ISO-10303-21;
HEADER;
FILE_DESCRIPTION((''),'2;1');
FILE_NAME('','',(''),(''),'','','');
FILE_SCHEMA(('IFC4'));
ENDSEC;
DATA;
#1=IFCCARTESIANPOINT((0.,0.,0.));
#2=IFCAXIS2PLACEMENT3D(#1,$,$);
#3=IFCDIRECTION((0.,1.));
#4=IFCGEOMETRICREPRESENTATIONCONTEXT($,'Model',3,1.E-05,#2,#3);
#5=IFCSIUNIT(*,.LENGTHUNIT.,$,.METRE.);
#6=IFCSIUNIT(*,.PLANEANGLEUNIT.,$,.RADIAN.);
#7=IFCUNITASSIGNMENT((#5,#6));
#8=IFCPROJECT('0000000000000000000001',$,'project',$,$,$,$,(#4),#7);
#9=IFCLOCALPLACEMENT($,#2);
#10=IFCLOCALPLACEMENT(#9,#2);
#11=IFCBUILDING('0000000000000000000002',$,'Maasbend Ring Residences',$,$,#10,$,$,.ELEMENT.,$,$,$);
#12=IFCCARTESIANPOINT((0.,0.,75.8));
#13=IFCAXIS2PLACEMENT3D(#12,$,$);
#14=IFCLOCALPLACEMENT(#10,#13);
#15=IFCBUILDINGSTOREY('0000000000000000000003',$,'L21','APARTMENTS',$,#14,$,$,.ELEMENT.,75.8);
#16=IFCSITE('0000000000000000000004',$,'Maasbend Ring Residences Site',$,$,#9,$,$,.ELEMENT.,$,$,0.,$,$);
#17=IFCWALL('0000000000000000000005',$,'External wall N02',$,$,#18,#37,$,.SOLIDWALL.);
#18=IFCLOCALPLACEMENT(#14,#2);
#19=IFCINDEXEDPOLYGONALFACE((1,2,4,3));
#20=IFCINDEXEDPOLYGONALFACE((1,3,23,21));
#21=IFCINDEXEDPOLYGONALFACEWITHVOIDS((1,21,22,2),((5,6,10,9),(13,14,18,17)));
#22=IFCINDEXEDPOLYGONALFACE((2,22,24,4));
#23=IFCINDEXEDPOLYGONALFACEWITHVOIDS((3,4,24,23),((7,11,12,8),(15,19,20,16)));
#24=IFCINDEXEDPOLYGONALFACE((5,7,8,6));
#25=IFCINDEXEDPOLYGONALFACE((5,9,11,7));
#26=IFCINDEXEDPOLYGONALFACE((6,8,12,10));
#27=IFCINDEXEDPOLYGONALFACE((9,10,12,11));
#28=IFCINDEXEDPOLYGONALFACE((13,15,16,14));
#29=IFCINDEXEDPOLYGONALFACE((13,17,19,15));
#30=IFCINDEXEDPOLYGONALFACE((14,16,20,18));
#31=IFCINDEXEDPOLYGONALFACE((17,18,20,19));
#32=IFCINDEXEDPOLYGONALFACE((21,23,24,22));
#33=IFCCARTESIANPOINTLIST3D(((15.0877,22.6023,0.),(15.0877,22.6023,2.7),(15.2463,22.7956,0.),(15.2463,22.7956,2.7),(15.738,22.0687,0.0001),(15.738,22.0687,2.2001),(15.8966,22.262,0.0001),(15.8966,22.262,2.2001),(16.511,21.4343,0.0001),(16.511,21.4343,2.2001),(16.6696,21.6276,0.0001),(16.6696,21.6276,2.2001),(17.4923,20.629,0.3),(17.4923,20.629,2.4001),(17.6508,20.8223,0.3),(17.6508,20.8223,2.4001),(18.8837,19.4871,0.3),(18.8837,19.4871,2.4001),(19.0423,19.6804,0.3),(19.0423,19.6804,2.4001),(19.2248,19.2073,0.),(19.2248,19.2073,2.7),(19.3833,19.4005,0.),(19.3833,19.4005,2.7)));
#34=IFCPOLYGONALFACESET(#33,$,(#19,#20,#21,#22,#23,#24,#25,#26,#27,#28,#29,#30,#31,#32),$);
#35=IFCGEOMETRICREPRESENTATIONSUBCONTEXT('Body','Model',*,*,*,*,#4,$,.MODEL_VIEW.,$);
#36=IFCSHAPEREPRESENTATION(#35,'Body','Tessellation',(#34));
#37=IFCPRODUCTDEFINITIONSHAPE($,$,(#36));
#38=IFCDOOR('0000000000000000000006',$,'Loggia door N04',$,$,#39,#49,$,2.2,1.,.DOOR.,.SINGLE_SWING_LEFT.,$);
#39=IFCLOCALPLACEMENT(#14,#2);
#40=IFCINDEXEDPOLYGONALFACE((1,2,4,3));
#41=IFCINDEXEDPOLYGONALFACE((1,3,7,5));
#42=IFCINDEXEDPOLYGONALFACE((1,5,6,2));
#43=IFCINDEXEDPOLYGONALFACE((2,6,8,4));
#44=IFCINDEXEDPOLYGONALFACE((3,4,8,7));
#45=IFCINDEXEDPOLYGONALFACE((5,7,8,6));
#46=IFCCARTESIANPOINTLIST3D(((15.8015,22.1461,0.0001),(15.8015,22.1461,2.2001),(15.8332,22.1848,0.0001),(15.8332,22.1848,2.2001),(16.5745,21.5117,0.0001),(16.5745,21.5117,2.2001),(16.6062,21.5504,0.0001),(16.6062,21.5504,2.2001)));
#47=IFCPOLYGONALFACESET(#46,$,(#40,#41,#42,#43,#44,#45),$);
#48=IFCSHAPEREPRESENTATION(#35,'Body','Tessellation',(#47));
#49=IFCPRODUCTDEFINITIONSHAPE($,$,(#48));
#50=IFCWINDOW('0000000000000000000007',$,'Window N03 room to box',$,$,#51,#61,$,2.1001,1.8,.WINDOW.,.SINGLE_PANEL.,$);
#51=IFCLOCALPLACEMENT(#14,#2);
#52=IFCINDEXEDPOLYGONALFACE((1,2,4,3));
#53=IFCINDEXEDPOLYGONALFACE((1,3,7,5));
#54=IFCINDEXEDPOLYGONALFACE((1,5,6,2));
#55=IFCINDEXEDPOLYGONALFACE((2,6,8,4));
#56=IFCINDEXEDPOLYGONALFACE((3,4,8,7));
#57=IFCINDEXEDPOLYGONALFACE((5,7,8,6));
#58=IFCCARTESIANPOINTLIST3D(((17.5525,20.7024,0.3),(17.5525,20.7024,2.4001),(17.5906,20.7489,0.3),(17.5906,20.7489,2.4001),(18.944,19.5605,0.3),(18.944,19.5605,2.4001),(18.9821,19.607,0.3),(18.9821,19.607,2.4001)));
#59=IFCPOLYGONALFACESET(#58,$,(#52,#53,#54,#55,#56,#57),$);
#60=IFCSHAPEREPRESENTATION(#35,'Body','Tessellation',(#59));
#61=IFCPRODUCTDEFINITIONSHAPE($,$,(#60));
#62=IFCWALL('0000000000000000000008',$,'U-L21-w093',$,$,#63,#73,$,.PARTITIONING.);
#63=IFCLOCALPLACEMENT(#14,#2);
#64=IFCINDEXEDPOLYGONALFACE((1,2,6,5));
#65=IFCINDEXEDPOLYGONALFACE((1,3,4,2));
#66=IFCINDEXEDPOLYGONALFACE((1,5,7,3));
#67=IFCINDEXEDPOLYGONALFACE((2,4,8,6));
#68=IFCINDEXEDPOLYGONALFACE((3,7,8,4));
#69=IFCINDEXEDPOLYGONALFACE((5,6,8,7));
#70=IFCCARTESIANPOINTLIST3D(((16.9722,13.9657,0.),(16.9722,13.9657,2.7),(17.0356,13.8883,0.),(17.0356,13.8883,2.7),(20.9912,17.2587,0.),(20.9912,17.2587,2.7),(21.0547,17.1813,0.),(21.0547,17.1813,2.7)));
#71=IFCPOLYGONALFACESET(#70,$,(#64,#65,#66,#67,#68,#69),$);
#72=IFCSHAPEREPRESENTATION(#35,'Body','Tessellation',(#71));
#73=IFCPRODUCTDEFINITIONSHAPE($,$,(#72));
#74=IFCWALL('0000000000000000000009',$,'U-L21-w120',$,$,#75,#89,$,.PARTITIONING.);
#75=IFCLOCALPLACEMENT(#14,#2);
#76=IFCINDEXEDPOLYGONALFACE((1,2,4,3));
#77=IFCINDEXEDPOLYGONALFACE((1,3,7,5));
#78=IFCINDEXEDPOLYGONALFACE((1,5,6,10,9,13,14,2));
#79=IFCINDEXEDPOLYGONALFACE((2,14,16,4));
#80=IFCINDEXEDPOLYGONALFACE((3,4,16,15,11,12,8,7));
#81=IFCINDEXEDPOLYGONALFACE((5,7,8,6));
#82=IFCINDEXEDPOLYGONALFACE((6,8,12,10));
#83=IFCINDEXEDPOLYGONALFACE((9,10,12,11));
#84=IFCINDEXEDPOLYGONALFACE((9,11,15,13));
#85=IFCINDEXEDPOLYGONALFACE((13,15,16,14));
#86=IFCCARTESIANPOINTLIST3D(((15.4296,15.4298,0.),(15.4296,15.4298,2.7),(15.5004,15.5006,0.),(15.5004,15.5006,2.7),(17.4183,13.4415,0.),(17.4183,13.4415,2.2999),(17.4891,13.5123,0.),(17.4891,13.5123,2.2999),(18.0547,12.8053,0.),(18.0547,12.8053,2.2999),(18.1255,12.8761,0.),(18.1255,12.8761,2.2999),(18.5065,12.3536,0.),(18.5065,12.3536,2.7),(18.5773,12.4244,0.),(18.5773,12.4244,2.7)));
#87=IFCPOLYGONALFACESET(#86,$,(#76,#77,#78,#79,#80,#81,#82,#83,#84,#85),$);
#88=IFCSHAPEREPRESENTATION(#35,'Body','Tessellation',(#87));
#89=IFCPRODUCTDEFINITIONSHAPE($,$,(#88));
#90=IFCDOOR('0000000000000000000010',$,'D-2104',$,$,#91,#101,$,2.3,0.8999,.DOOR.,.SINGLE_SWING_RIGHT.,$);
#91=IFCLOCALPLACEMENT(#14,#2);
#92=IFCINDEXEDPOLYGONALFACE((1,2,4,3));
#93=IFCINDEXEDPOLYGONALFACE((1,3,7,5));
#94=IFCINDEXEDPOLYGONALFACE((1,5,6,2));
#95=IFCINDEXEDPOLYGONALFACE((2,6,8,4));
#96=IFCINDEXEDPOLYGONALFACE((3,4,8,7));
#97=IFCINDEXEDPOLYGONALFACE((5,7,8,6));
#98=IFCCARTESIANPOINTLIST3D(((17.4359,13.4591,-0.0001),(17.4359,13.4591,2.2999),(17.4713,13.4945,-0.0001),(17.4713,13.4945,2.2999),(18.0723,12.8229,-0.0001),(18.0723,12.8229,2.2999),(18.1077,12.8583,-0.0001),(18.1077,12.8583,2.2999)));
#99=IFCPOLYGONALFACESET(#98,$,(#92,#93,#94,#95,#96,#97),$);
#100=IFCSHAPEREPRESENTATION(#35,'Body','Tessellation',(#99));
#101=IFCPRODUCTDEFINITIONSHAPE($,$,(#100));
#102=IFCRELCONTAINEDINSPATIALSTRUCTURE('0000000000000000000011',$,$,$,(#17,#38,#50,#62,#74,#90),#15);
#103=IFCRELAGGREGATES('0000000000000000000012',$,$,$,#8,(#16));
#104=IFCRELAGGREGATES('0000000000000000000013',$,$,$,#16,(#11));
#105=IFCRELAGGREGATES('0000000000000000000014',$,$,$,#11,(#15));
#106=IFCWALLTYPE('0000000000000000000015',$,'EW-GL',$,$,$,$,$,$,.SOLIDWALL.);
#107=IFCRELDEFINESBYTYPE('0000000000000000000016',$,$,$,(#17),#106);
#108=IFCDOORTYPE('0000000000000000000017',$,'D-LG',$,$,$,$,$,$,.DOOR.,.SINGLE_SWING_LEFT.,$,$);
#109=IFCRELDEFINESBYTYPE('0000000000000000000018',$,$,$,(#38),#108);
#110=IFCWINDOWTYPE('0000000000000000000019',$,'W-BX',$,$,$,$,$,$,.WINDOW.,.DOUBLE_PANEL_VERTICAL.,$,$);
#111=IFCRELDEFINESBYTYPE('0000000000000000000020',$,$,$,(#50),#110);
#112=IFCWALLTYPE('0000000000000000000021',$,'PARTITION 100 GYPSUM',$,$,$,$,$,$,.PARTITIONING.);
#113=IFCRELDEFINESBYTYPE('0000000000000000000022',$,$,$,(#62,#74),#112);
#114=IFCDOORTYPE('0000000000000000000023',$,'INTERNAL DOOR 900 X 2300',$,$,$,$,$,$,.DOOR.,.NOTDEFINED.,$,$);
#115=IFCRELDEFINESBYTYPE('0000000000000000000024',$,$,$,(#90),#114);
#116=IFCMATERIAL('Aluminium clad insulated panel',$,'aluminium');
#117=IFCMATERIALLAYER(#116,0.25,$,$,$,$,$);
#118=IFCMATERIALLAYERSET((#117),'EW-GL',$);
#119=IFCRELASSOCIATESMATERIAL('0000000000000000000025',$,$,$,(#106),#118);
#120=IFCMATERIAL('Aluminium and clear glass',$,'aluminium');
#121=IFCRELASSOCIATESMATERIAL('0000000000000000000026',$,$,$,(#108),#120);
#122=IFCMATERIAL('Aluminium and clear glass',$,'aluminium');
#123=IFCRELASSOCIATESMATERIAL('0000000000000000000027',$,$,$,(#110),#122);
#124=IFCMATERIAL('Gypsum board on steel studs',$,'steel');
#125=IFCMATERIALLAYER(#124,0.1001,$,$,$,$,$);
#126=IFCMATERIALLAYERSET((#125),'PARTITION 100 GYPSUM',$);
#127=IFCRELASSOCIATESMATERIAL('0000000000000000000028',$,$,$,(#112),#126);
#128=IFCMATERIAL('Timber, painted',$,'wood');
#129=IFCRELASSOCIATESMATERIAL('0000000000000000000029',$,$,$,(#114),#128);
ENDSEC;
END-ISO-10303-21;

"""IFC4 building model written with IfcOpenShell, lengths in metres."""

from ifc_helpers import new_model, si_unit, direction, frame, frame_2d, origin, place, context, subcontext, project, spatial, rectangle, extrude, material, layer, layer_set, type_object, element, fill, save


model = new_model("IFC4")

# Units and contexts
model_context = context("Model", 3, precision=1e-05, world=origin(), true_north=direction((0.0, 1.0)))
body_context = subcontext(model_context, "Body", "Model", "MODEL_VIEW")
ifc_project = project(units=[si_unit("LENGTHUNIT", "METRE"), si_unit("PLANEANGLEUNIT", "RADIAN")], contexts=[model_context])

# Site, building, storey
site_placement = place(None, origin())
site = spatial("IfcSite", under=ifc_project, at=site_placement, Name="Maasbend Ring Residences Site", CompositionType="ELEMENT", RefElevation=0.0)
building_placement = place(site_placement, origin())
building = spatial("IfcBuilding", under=site, at=building_placement, Name="Maasbend Ring Residences", CompositionType="ELEMENT")
storey_placement = place(building_placement, frame((0.0, 0.0, 75.8)))
storey = spatial("IfcBuildingStorey", under=building, at=storey_placement, Name="L21", Description="APARTMENTS", CompositionType="ELEMENT", Elevation=75.8)

# Wall, openings, door, window
ifc_material_1 = material(Name="Aluminium clad insulated panel", Category="aluminium")
ifc_layer_1 = layer(ifc_material_1, 0.25)
ifc_layer_set_1 = layer_set([ifc_layer_1], Name="EW-GL")
wall_type_1 = type_object("IfcWallType", Name="EW-GL", PredefinedType="SOLIDWALL", material=ifc_layer_set_1)
ifc_material_2 = material(Name="Aluminium and clear glass", Category="aluminium")
door_type_1 = type_object("IfcDoorType", Name="D-LG", OperationType="SINGLE_SWING_LEFT", PredefinedType="DOOR", material=ifc_material_2)
ifc_material_3 = material(Name="Aluminium and clear glass", Category="aluminium")
window_type_1 = type_object("IfcWindowType", Name="W-BX", PartitioningType="DOUBLE_PANEL_VERTICAL", PredefinedType="WINDOW", material=ifc_material_3)
wall_1_placement = place(storey_placement, frame((19.304, 19.304, 0.0), z_axis=(0.0, 0.0, 1.0), x_axis=(-0.773019, 0.634382, 0.0)))
wall_1 = element("IfcWall", 1, at=wall_1_placement, inside=storey, type_object=wall_type_1, Name="External wall N02", PredefinedType="SOLIDWALL", context=body_context, shape_type="SweptSolid", body=[
    extrude(rectangle(XDim=5.3518, YDim=0.25, at=frame_2d((2.6758, 0.0))), origin(), (0.0, 0.0, 1.0), 2.7),
])
opening_1_placement = place(wall_1_placement, frame((0.4412, 0.0, 0.3)))
opening_1 = element("IfcOpeningElement", 2, at=opening_1_placement, cuts=wall_1, PredefinedType="OPENING", context=body_context, shape_type="SweptSolid", body=[
    extrude(rectangle(XDim=1.8, YDim=2.1001, at=frame_2d((0.8999, 1.05))), frame((0.0, 0.135, 0.0), z_axis=(0.0, -1.0, 0.0), x_axis=(1.0, 0.0, 0.0)), (0.0, 0.0, 1.0), 0.27),
])
opening_2_placement = place(wall_1_placement, frame((3.5105, 0.0, 0.0)))
opening_2 = element("IfcOpeningElement", 3, at=opening_2_placement, cuts=wall_1, PredefinedType="OPENING", context=body_context, shape_type="SweptSolid", body=[
    extrude(rectangle(XDim=1.0, YDim=2.2, at=frame_2d((0.5, 1.1001))), frame((0.0, 0.135, 0.0), z_axis=(0.0, -1.0, 0.0), x_axis=(1.0, 0.0, 0.0)), (0.0, 0.0, 1.0), 0.27),
])
door_1_placement = place(opening_2_placement, origin())
door_1 = element("IfcDoor", 4, at=door_1_placement, inside=storey, type_object=door_type_1, Name="Loggia door N04", OperationType="SINGLE_SWING_LEFT", OverallHeight=2.2, OverallWidth=1.0, PredefinedType="DOOR", context=body_context, shape_type="SweptSolid", body=[
    extrude(rectangle(XDim=1.0, YDim=2.2, at=frame_2d((0.5, 1.1001))), frame((0.0, 0.0249, 0.0), z_axis=(0.0, -1.0, 0.0), x_axis=(1.0, 0.0, 0.0)), (0.0, 0.0, 1.0), 0.05),
])
fill(opening_2, door_1)
window_1_placement = place(opening_1_placement, origin())
window_1 = element("IfcWindow", 5, at=window_1_placement, inside=storey, type_object=window_type_1, Name="Window N03 room to box", OverallHeight=2.1001, OverallWidth=1.8, PartitioningType="SINGLE_PANEL", PredefinedType="WINDOW", context=body_context, shape_type="SweptSolid", body=[
    extrude(rectangle(XDim=1.8, YDim=2.1001, at=frame_2d((0.8999, 1.05))), frame((0.0, 0.03, 0.0), z_axis=(0.0, -1.0, 0.0), x_axis=(1.0, 0.0, 0.0)), (0.0, 0.0, 1.0), 0.0601),
])
fill(opening_1, window_1)

# Wall
ifc_material_4 = material(Name="Gypsum board on steel studs", Category="steel")
ifc_layer_2 = layer(ifc_material_4, 0.1001)
ifc_layer_set_2 = layer_set([ifc_layer_2], Name="PARTITION 100 GYPSUM")
wall_type_2 = type_object("IfcWallType", Name="PARTITION 100 GYPSUM", PredefinedType="PARTITIONING", material=ifc_layer_set_2)
wall_2_placement = place(storey_placement, frame((17.0039, 13.927, 0.0), z_axis=(0.0, 0.0, 1.0), x_axis=(0.773517, 0.633775, 0.0)))
element("IfcWall", 6, at=wall_2_placement, inside=storey, type_object=wall_type_2, Name="U-L21-w093", PredefinedType="PARTITIONING", context=body_context, shape_type="SweptSolid", body=[
    extrude(rectangle(XDim=5.1958, YDim=0.1001, at=frame_2d((2.5979, 0.0))), origin(), (0.0, 0.0, 1.0), 2.7),
])

# Wall, opening, door
wall_3_placement = place(storey_placement, frame((15.4651, 15.4651, 0.0), z_axis=(0.0, 0.0, 1.0), x_axis=(0.707191, -0.707023, 0.0)))
wall_3 = element("IfcWall", 7, at=wall_3_placement, inside=storey, type_object=wall_type_2, Name="U-L21-w120", PredefinedType="PARTITIONING", context=body_context, shape_type="SweptSolid", body=[
    extrude(rectangle(XDim=4.3508, YDim=0.1001, at=frame_2d((2.1753, 0.0))), origin(), (0.0, 0.0, 1.0), 2.7),
])
opening_3_placement = place(wall_3_placement, frame((2.812, 0.0, 0.0)))
opening_3 = element("IfcOpeningElement", 8, at=opening_3_placement, cuts=wall_3, PredefinedType="OPENING", context=body_context, shape_type="SweptSolid", body=[
    extrude(rectangle(XDim=0.8999, YDim=2.3, at=frame_2d((0.45, 1.1499))), frame((0.0, 0.0601, 0.0), z_axis=(0.0, -1.0, 0.0), x_axis=(1.0, 0.0, 0.0)), (0.0, 0.0, 1.0), 0.1201),
])
ifc_material_5 = material(Name="Timber, painted", Category="wood")
door_type_2 = type_object("IfcDoorType", Name="INTERNAL DOOR 900 X 2300", OperationType="NOTDEFINED", PredefinedType="DOOR", material=ifc_material_5)
door_2_placement = place(opening_3_placement, origin())
door_2 = element("IfcDoor", 9, at=door_2_placement, inside=storey, type_object=door_type_2, Name="D-2104", OperationType="SINGLE_SWING_RIGHT", OverallHeight=2.3, OverallWidth=0.8999, PredefinedType="DOOR", context=body_context, shape_type="SweptSolid", body=[
    extrude(rectangle(XDim=0.8999, YDim=2.3, at=frame_2d((0.45, 1.1499))), frame((0.0, 0.0249, 0.0), z_axis=(0.0, -1.0, 0.0), x_axis=(1.0, 0.0, 0.0)), (0.0, 0.0, 1.0), 0.05),
])
fill(opening_3, door_2)

save(model, "model.ifc")
